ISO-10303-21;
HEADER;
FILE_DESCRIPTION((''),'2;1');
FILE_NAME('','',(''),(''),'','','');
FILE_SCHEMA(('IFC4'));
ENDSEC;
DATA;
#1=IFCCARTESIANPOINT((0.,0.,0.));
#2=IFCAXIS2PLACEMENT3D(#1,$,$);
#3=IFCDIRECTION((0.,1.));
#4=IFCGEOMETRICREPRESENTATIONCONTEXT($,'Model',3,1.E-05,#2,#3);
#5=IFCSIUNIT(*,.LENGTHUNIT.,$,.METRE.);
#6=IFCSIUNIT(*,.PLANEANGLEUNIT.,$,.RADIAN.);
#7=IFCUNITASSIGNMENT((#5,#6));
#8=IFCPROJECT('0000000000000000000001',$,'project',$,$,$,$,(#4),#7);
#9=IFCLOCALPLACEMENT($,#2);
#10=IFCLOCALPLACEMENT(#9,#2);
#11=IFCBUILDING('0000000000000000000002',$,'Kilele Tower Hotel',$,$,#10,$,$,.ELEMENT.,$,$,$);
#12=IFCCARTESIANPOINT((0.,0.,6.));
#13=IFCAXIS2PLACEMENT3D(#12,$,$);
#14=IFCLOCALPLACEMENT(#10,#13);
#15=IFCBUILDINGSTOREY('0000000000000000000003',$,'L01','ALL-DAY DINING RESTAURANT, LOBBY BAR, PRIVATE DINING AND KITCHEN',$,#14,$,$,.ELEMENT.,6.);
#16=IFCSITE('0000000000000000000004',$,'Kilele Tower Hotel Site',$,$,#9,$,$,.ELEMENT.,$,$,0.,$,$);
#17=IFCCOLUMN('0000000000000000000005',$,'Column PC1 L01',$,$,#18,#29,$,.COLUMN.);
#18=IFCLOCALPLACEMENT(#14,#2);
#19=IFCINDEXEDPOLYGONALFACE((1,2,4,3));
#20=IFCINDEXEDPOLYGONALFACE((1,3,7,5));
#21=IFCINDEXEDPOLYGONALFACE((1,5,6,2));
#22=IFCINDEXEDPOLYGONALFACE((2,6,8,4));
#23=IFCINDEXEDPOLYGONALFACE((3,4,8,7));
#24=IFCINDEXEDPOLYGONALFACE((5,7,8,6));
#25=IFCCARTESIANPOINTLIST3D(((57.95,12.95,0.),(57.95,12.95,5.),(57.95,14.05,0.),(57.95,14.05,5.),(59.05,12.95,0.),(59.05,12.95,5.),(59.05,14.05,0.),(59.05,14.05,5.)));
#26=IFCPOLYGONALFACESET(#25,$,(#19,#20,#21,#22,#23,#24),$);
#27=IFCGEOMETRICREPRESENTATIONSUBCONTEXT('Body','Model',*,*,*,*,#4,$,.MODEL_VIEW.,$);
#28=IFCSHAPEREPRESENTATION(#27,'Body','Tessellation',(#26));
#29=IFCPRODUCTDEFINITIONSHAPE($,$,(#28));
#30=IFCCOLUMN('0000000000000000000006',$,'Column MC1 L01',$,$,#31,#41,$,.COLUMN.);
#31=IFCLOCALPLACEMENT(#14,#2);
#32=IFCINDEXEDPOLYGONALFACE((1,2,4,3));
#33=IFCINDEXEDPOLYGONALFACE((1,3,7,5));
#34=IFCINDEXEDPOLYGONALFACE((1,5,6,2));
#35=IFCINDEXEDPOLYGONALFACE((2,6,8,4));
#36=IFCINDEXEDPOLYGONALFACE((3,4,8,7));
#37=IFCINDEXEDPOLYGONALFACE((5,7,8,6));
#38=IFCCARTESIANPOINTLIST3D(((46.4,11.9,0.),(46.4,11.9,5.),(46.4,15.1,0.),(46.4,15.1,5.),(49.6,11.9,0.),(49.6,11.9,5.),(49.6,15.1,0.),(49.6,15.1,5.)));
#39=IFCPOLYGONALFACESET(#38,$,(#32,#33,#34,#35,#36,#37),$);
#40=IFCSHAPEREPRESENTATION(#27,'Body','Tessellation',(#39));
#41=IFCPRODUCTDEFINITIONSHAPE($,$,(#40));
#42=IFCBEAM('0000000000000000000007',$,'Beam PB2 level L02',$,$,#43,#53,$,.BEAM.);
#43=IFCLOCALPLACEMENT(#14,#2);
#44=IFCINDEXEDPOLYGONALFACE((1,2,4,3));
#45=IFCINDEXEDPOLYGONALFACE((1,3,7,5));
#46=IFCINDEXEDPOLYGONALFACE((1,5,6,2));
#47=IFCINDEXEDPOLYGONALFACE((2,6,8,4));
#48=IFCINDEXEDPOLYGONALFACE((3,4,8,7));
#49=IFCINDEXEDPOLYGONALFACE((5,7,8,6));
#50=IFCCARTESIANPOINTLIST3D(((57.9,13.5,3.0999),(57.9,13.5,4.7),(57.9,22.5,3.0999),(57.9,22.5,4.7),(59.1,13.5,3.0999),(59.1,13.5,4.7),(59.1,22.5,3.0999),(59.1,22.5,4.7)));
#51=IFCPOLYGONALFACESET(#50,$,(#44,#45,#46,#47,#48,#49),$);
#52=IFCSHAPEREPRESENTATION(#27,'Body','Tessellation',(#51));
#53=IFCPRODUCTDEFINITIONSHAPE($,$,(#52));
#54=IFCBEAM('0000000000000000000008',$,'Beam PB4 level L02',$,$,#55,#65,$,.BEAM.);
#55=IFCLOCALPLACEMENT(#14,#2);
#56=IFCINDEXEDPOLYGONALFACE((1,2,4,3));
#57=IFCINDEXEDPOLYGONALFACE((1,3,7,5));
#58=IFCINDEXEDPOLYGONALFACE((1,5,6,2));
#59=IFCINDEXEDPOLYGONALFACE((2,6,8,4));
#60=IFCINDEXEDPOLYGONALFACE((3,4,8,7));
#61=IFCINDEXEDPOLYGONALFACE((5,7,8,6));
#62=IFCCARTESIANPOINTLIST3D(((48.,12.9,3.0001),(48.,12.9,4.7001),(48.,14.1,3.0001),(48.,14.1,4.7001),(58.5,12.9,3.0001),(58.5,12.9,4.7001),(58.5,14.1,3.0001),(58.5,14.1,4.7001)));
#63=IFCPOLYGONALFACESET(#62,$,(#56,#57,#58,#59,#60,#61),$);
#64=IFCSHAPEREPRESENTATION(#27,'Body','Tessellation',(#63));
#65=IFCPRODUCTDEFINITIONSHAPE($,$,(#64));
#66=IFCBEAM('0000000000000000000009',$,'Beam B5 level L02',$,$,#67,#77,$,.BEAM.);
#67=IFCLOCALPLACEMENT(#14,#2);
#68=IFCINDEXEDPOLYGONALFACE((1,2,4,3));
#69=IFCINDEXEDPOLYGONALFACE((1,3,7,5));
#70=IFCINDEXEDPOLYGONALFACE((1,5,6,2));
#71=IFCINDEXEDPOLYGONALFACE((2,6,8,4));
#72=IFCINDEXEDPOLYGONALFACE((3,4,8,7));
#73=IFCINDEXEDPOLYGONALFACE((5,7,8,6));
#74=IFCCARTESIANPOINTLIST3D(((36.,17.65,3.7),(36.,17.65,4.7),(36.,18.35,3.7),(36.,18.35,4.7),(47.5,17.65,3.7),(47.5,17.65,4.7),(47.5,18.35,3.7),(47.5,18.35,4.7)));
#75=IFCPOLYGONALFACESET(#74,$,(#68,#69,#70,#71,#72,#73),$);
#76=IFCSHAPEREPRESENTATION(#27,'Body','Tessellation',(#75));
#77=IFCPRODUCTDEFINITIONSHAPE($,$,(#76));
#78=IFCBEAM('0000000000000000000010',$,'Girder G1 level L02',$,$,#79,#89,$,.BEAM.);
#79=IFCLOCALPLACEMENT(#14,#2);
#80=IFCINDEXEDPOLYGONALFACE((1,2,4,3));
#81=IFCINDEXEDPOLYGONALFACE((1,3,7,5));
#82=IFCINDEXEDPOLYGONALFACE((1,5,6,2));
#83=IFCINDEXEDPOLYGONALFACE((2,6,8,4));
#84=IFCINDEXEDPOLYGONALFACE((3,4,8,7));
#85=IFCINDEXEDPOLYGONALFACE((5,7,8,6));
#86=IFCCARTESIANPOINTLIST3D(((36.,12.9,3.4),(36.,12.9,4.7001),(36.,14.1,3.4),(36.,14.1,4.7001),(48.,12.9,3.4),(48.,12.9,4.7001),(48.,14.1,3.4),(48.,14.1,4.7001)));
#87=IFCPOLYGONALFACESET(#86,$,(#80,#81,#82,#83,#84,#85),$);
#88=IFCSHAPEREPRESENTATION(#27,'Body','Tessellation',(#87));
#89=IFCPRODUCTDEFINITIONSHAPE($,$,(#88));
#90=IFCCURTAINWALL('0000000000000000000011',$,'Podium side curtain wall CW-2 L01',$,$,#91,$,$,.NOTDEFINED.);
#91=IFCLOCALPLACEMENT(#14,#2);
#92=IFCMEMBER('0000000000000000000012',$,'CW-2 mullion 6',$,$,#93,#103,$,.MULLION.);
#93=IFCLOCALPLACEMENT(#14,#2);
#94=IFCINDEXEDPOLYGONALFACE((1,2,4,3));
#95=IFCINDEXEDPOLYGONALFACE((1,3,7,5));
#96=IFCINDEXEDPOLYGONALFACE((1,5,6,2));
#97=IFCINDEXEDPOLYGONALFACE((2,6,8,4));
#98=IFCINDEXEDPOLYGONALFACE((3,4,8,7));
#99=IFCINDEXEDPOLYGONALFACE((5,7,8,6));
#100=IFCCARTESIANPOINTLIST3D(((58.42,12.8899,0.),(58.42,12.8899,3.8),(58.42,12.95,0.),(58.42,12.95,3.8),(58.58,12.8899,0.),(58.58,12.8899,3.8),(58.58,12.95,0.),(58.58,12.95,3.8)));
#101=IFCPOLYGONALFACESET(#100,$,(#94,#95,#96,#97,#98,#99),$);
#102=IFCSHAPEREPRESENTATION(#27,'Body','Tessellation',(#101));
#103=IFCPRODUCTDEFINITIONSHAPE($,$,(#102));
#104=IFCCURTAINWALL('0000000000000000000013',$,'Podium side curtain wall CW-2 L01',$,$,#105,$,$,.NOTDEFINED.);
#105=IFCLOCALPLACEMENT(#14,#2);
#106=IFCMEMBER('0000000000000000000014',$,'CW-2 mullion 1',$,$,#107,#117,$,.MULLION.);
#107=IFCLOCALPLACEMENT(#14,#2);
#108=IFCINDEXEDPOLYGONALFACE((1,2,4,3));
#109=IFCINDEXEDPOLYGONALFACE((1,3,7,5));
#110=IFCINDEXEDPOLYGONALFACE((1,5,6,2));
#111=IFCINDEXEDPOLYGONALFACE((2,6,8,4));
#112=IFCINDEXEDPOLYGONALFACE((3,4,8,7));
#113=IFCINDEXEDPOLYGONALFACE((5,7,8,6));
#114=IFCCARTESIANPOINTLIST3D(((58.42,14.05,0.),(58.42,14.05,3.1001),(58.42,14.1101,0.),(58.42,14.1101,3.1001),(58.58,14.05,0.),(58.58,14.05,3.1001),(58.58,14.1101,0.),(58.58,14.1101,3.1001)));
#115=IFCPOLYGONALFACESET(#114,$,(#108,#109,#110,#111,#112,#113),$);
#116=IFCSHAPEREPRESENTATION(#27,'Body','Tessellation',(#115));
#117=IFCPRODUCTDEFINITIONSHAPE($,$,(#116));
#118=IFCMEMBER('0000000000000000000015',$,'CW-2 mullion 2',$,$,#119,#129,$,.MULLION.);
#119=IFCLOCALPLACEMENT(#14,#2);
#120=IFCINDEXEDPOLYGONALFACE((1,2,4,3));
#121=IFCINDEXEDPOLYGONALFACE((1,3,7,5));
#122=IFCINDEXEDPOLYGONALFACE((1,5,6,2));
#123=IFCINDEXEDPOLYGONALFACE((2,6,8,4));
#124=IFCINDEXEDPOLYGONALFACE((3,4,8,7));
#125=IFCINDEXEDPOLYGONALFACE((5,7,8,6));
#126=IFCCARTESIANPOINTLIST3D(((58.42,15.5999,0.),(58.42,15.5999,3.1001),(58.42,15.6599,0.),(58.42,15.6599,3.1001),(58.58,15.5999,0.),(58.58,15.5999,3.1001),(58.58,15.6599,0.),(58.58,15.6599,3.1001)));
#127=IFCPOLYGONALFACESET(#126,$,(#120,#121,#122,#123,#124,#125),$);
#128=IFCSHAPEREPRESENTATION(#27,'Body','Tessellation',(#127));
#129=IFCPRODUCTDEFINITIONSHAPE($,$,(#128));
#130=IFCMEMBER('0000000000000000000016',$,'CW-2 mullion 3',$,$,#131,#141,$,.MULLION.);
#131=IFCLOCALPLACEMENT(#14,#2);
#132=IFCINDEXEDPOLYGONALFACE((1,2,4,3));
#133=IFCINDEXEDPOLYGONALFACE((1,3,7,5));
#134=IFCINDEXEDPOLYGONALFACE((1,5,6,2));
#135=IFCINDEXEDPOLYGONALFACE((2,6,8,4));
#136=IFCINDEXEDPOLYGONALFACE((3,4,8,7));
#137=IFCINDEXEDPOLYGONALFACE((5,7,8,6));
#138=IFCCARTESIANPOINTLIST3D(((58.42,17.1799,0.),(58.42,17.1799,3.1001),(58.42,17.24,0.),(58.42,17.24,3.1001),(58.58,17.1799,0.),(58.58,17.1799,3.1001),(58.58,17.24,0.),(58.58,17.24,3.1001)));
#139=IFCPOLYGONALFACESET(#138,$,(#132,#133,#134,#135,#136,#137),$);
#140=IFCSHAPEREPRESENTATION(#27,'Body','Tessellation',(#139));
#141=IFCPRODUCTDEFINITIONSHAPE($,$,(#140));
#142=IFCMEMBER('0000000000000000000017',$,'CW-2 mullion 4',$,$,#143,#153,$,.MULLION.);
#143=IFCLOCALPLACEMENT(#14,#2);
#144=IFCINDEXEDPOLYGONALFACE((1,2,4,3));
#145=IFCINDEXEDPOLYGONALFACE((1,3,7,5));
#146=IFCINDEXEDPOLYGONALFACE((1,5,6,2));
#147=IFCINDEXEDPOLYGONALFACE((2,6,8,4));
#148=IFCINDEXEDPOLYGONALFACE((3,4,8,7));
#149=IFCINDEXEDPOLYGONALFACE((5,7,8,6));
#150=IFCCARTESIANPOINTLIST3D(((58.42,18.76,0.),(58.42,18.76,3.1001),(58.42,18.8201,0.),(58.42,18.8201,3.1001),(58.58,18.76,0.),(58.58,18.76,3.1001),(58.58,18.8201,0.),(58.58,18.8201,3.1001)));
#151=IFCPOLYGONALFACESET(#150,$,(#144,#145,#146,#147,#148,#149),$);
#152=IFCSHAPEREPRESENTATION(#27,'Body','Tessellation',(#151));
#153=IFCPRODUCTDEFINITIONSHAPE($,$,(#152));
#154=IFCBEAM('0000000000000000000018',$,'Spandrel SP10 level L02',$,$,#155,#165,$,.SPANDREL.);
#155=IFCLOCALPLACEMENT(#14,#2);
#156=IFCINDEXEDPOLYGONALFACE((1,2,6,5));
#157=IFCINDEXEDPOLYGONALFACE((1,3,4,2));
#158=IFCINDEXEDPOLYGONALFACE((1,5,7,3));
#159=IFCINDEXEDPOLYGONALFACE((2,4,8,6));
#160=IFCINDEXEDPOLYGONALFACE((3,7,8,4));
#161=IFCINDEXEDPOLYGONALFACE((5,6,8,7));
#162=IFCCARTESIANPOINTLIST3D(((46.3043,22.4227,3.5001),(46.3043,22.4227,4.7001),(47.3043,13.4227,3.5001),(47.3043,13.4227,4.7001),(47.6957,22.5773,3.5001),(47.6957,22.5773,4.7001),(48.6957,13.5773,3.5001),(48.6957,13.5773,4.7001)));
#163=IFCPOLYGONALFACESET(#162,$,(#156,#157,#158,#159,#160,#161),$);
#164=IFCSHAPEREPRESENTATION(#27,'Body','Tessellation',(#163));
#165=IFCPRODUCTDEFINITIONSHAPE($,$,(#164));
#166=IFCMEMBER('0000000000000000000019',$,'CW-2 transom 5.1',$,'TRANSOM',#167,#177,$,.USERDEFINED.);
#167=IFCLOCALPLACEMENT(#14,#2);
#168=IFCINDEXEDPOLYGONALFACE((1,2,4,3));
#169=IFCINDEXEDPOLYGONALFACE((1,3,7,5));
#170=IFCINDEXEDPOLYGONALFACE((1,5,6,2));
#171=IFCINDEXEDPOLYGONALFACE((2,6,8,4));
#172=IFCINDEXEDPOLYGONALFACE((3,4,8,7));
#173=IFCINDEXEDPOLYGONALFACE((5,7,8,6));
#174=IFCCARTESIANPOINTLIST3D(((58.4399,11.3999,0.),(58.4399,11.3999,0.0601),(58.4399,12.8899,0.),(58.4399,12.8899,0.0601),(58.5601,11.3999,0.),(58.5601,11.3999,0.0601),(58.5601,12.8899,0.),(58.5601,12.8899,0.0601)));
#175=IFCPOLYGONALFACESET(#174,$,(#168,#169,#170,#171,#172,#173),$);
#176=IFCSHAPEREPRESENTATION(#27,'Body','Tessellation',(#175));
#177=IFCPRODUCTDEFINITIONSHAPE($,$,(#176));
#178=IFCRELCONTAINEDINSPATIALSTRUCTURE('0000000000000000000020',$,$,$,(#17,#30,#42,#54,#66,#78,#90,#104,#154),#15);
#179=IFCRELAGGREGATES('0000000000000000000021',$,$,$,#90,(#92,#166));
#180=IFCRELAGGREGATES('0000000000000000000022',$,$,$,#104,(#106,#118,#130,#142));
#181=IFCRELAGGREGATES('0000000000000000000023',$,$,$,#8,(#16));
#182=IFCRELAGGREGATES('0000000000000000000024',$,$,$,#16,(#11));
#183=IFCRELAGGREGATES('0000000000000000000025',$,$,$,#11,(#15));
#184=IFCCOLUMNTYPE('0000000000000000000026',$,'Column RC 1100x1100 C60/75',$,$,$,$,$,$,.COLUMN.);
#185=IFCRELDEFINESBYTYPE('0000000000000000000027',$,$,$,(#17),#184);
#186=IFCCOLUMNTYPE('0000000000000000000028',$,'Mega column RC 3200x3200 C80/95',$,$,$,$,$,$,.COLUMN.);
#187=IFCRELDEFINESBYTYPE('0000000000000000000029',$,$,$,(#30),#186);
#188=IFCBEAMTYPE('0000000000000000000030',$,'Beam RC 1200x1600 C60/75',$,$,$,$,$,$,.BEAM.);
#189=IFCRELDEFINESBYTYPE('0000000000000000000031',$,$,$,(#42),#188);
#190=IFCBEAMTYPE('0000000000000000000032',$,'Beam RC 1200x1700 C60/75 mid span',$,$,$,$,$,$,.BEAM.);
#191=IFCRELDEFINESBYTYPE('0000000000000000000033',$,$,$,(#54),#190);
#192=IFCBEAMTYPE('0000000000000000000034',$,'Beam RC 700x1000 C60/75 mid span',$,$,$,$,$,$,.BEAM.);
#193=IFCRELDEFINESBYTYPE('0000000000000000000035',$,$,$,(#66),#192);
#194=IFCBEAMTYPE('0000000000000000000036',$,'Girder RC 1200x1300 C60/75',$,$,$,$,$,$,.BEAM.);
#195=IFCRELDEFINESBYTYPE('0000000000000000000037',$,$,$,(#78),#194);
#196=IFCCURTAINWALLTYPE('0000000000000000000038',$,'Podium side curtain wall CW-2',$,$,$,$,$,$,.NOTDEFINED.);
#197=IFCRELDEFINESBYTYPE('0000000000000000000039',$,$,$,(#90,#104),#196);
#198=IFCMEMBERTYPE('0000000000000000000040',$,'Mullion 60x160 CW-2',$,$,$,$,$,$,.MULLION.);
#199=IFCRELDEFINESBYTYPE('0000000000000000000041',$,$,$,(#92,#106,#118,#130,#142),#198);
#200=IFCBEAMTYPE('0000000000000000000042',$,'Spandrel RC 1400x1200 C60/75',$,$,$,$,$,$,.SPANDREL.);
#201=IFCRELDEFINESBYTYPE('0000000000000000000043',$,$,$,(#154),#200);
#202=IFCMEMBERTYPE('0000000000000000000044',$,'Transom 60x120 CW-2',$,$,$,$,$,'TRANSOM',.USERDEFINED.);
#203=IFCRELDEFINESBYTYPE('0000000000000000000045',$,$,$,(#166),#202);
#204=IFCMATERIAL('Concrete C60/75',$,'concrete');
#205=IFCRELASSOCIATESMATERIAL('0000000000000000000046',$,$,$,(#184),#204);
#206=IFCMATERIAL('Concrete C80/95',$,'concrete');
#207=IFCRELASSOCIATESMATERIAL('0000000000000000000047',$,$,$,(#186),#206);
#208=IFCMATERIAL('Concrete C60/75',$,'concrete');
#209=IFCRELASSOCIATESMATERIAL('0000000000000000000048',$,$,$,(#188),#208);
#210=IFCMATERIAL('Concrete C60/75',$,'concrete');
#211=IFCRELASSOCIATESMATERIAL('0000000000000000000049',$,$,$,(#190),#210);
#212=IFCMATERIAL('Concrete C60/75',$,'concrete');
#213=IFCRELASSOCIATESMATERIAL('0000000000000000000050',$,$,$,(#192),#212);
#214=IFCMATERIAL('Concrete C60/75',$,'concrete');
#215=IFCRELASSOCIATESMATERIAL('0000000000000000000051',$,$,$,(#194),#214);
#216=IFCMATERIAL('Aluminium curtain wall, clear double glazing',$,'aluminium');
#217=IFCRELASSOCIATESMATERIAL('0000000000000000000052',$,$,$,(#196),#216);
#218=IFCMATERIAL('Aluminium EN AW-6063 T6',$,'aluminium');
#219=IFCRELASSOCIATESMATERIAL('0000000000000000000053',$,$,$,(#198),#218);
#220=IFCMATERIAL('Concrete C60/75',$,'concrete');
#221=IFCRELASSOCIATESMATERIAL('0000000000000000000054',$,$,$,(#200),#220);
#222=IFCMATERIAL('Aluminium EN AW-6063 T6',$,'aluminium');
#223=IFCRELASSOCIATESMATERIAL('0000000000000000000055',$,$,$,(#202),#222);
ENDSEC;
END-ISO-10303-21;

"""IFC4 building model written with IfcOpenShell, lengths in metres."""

from ifc_helpers import new_model, si_unit, direction, frame, origin, origin_2d, place, context, subcontext, project, spatial, rectangle, extrude, material, material_profile, profile_set, type_object, element, aggregate, save


model = new_model("IFC4")

# Units and contexts
model_context = context("Model", 3, precision=1e-05, world=origin(), true_north=direction((0.0, 1.0)))
body_context = subcontext(model_context, "Body", "Model", "MODEL_VIEW")
ifc_project = project(units=[si_unit("LENGTHUNIT", "METRE"), si_unit("PLANEANGLEUNIT", "RADIAN")], contexts=[model_context])

# Site, building, storey
site_placement = place(None, origin())
site = spatial("IfcSite", under=ifc_project, at=site_placement, Name="Kilele Tower Hotel Site", CompositionType="ELEMENT", RefElevation=0.0)
building_placement = place(site_placement, origin())
building = spatial("IfcBuilding", under=site, at=building_placement, Name="Kilele Tower Hotel", CompositionType="ELEMENT")
storey_placement = place(building_placement, frame((0.0, 0.0, 6.0)))
storey = spatial("IfcBuildingStorey", under=building, at=storey_placement, Name="L01", Description="ALL-DAY DINING RESTAURANT, LOBBY BAR, PRIVATE DINING AND KITCHEN", CompositionType="ELEMENT", Elevation=6.0)

# Columns
ifc_material_1 = material(Name="Concrete C60/75", Category="concrete")
ifc_material_profile_1 = material_profile(ifc_material_1, rectangle(XDim=1.1001, YDim=1.1001, at=origin_2d()))
ifc_profile_set_1 = profile_set([ifc_material_profile_1], Name="Concrete C60/75")
column_type_1 = type_object("IfcColumnType", Name="Column RC 1100x1100 C60/75", PredefinedType="COLUMN", material=ifc_profile_set_1)
column_1_placement = place(storey_placement, frame((58.5, 13.5, 0.0), z_axis=(0.0, 0.0, 1.0), x_axis=(1.0, 0.0, 0.0)))
element("IfcColumn", 1, at=column_1_placement, inside=storey, type_object=column_type_1, Name="Column PC1 L01", PredefinedType="COLUMN", context=body_context, shape_type="SweptSolid", body=[
    extrude(rectangle(XDim=1.1001, YDim=1.1001, at=origin_2d()), origin(), (0.0, 0.0, 1.0), 5.0),
])
ifc_material_2 = material(Name="Concrete C80/95", Category="concrete")
ifc_material_profile_2 = material_profile(ifc_material_2, rectangle(XDim=3.2, YDim=3.2, at=origin_2d()))
ifc_profile_set_2 = profile_set([ifc_material_profile_2], Name="Concrete C80/95")
column_type_2 = type_object("IfcColumnType", Name="Mega column RC 3200x3200 C80/95", PredefinedType="COLUMN", material=ifc_profile_set_2)
column_2_placement = place(storey_placement, frame((48.0, 13.5, 0.0), z_axis=(0.0, 0.0, 1.0), x_axis=(1.0, 0.0, 0.0)))
element("IfcColumn", 2, at=column_2_placement, inside=storey, type_object=column_type_2, Name="Column MC1 L01", PredefinedType="COLUMN", context=body_context, shape_type="SweptSolid", body=[
    extrude(rectangle(XDim=3.2, YDim=3.2, at=origin_2d()), origin(), (0.0, 0.0, 1.0), 5.0),
])

# Beams
ifc_material_3 = material(Name="Concrete C60/75", Category="concrete")
ifc_material_profile_3 = material_profile(ifc_material_3, rectangle(XDim=1.2, YDim=1.6001, at=origin_2d()))
ifc_profile_set_3 = profile_set([ifc_material_profile_3], Name="Concrete C60/75")
beam_type_1 = type_object("IfcBeamType", Name="Beam RC 1200x1600 C60/75", PredefinedType="BEAM", material=ifc_profile_set_3)
beam_1_placement = place(storey_placement, frame((58.5, 13.5, 3.8999), z_axis=(0.0, 1.0, 0.0), x_axis=(-1.0, 0.0, 0.0)))
element("IfcBeam", 3, at=beam_1_placement, inside=storey, type_object=beam_type_1, Name="Beam PB2 level L02", PredefinedType="BEAM", context=body_context, shape_type="SweptSolid", body=[
    extrude(rectangle(XDim=1.2, YDim=1.6001, at=origin_2d()), origin(), (0.0, 0.0, 1.0), 9.0),
])
ifc_material_4 = material(Name="Concrete C60/75", Category="concrete")
ifc_material_profile_4 = material_profile(ifc_material_4, rectangle(XDim=1.2, YDim=1.7, at=origin_2d()))
ifc_profile_set_4 = profile_set([ifc_material_profile_4], Name="Concrete C60/75")
beam_type_2 = type_object("IfcBeamType", Name="Beam RC 1200x1700 C60/75 mid span", PredefinedType="BEAM", material=ifc_profile_set_4)
beam_2_placement = place(storey_placement, frame((48.0, 13.5, 3.8501), z_axis=(1.0, 0.0, 0.0), x_axis=(0.0, 1.0, 0.0)))
element("IfcBeam", 4, at=beam_2_placement, inside=storey, type_object=beam_type_2, Name="Beam PB4 level L02", PredefinedType="BEAM", context=body_context, shape_type="SweptSolid", body=[
    extrude(rectangle(XDim=1.2, YDim=1.7, at=origin_2d()), origin(), (0.0, 0.0, 1.0), 10.5),
])
ifc_material_5 = material(Name="Concrete C60/75", Category="concrete")
ifc_material_profile_5 = material_profile(ifc_material_5, rectangle(XDim=0.7, YDim=1.0, at=origin_2d()))
ifc_profile_set_5 = profile_set([ifc_material_profile_5], Name="Concrete C60/75")
beam_type_3 = type_object("IfcBeamType", Name="Beam RC 700x1000 C60/75 mid span", PredefinedType="BEAM", material=ifc_profile_set_5)
beam_3_placement = place(storey_placement, frame((47.5, 18.0, 4.2), z_axis=(-1.0, 0.0, 0.0), x_axis=(0.0, -1.0, 0.0)))
element("IfcBeam", 5, at=beam_3_placement, inside=storey, type_object=beam_type_3, Name="Beam B5 level L02", PredefinedType="BEAM", context=body_context, shape_type="SweptSolid", body=[
    extrude(rectangle(XDim=0.7, YDim=1.0, at=origin_2d()), origin(), (0.0, 0.0, 1.0), 11.5),
])
ifc_material_6 = material(Name="Concrete C60/75", Category="concrete")
ifc_material_profile_6 = material_profile(ifc_material_6, rectangle(XDim=1.2, YDim=1.3, at=origin_2d()))
ifc_profile_set_6 = profile_set([ifc_material_profile_6], Name="Concrete C60/75")
beam_type_4 = type_object("IfcBeamType", Name="Girder RC 1200x1300 C60/75", PredefinedType="BEAM", material=ifc_profile_set_6)
beam_4_placement = place(storey_placement, frame((48.0, 13.5, 4.05), z_axis=(-1.0, 0.0, 0.0), x_axis=(0.0, -1.0, 0.0)))
element("IfcBeam", 6, at=beam_4_placement, inside=storey, type_object=beam_type_4, Name="Girder G1 level L02", PredefinedType="BEAM", context=body_context, shape_type="SweptSolid", body=[
    extrude(rectangle(XDim=1.2, YDim=1.3, at=origin_2d()), origin(), (0.0, 0.0, 1.0), 12.0),
])

# Curtain wall, member
ifc_material_7 = material(Name="Aluminium curtain wall, clear double glazing", Category="aluminium")
curtain_wall_type = type_object("IfcCurtainWallType", Name="Podium side curtain wall CW-2", PredefinedType="NOTDEFINED", material=ifc_material_7)
curtain_wall_1_placement = place(storey_placement, origin())
curtain_wall_1 = element("IfcCurtainWall", 7, at=curtain_wall_1_placement, inside=storey, type_object=curtain_wall_type, Name="Podium side curtain wall CW-2 L01", PredefinedType="NOTDEFINED")
ifc_material_8 = material(Name="Aluminium EN AW-6063 T6", Category="aluminium")
ifc_material_profile_7 = material_profile(ifc_material_8, rectangle(XDim=0.1599, YDim=0.0601, at=origin_2d()))
ifc_profile_set_7 = profile_set([ifc_material_profile_7], Name="Aluminium EN AW-6063 T6")
member_type_1 = type_object("IfcMemberType", Name="Mullion 60x160 CW-2", PredefinedType="MULLION", material=ifc_profile_set_7)
member_1_placement = place(storey_placement, frame((58.5, 12.9199, 0.0), z_axis=(0.0, 0.0, 1.0), x_axis=(-1.0, 0.0, 0.0)))
member_1 = element("IfcMember", 8, at=member_1_placement, type_object=member_type_1, Name="CW-2 mullion 6", PredefinedType="MULLION", context=body_context, shape_type="SweptSolid", body=[
    extrude(rectangle(XDim=0.1599, YDim=0.0601, at=origin_2d()), origin(), (0.0, 0.0, 1.0), 3.8),
])

# Curtain wall, members
curtain_wall_2_placement = place(storey_placement, origin())
curtain_wall_2 = element("IfcCurtainWall", 9, at=curtain_wall_2_placement, inside=storey, type_object=curtain_wall_type, Name="Podium side curtain wall CW-2 L01", PredefinedType="NOTDEFINED")
member_2_placement = place(storey_placement, frame((58.5, 14.0801, 0.0), z_axis=(0.0, 0.0, 1.0), x_axis=(-1.0, 0.0, 0.0)))
member_2 = element("IfcMember", 10, at=member_2_placement, type_object=member_type_1, Name="CW-2 mullion 1", PredefinedType="MULLION", context=body_context, shape_type="SweptSolid", body=[
    extrude(rectangle(XDim=0.1599, YDim=0.0601, at=origin_2d()), origin(), (0.0, 0.0, 1.0), 3.1001),
])
member_3_placement = place(storey_placement, frame((58.5, 15.6299, 0.0), z_axis=(0.0, 0.0, 1.0), x_axis=(-1.0, 0.0, 0.0)))
member_3 = element("IfcMember", 11, at=member_3_placement, type_object=member_type_1, Name="CW-2 mullion 2", PredefinedType="MULLION", context=body_context, shape_type="SweptSolid", body=[
    extrude(rectangle(XDim=0.1599, YDim=0.0601, at=origin_2d()), origin(), (0.0, 0.0, 1.0), 3.1001),
])
member_4_placement = place(storey_placement, frame((58.5, 17.21, 0.0), z_axis=(0.0, 0.0, 1.0), x_axis=(-1.0, 0.0, 0.0)))
member_4 = element("IfcMember", 12, at=member_4_placement, type_object=member_type_1, Name="CW-2 mullion 3", PredefinedType="MULLION", context=body_context, shape_type="SweptSolid", body=[
    extrude(rectangle(XDim=0.1599, YDim=0.0601, at=origin_2d()), origin(), (0.0, 0.0, 1.0), 3.1001),
])
member_5_placement = place(storey_placement, frame((58.5, 18.79, 0.0), z_axis=(0.0, 0.0, 1.0), x_axis=(-1.0, 0.0, 0.0)))
member_5 = element("IfcMember", 13, at=member_5_placement, type_object=member_type_1, Name="CW-2 mullion 4", PredefinedType="MULLION", context=body_context, shape_type="SweptSolid", body=[
    extrude(rectangle(XDim=0.1599, YDim=0.0601, at=origin_2d()), origin(), (0.0, 0.0, 1.0), 3.1001),
])

# Beam
ifc_material_9 = material(Name="Concrete C60/75", Category="concrete")
ifc_material_profile_8 = material_profile(ifc_material_9, rectangle(XDim=1.3999, YDim=1.2, at=origin_2d()))
ifc_profile_set_8 = profile_set([ifc_material_profile_8], Name="Concrete C60/75")
beam_type_5 = type_object("IfcBeamType", Name="Spandrel RC 1400x1200 C60/75", PredefinedType="SPANDREL", material=ifc_profile_set_8)
beam_5_placement = place(storey_placement, frame((48.0, 13.5, 4.1001), z_axis=(-0.110432, 0.993884, 0.0), x_axis=(-0.993884, -0.110432, 0.0)))
element("IfcBeam", 14, at=beam_5_placement, inside=storey, type_object=beam_type_5, Name="Spandrel SP10 level L02", PredefinedType="SPANDREL", context=body_context, shape_type="SweptSolid", body=[
    extrude(rectangle(XDim=1.3999, YDim=1.2, at=origin_2d()), origin(), (0.0, 0.0, 1.0), 9.0554),
])

# Member
ifc_material_10 = material(Name="Aluminium EN AW-6063 T6", Category="aluminium")
ifc_material_profile_9 = material_profile(ifc_material_10, rectangle(XDim=0.1201, YDim=0.0601, at=origin_2d()))
ifc_profile_set_9 = profile_set([ifc_material_profile_9], Name="Aluminium EN AW-6063 T6")
member_type_2 = type_object("IfcMemberType", Name="Transom 60x120 CW-2", ElementType="TRANSOM", PredefinedType="USERDEFINED", material=ifc_profile_set_9)
member_6_placement = place(storey_placement, frame((58.5, 11.3999, 0.03), z_axis=(0.0, 1.0, 0.0), x_axis=(-1.0, 0.0, 0.0)))
member_6 = element("IfcMember", 15, at=member_6_placement, type_object=member_type_2, Name="CW-2 transom 5.1", ObjectType="TRANSOM", PredefinedType="USERDEFINED", context=body_context, shape_type="SweptSolid", body=[
    extrude(rectangle(XDim=0.1201, YDim=0.0601, at=origin_2d()), origin(), (0.0, 0.0, 1.0), 1.49),
])

aggregate(curtain_wall_1, [member_1, member_6])
aggregate(curtain_wall_2, [member_2, member_3, member_4, member_5])

save(model, "model.ifc")
